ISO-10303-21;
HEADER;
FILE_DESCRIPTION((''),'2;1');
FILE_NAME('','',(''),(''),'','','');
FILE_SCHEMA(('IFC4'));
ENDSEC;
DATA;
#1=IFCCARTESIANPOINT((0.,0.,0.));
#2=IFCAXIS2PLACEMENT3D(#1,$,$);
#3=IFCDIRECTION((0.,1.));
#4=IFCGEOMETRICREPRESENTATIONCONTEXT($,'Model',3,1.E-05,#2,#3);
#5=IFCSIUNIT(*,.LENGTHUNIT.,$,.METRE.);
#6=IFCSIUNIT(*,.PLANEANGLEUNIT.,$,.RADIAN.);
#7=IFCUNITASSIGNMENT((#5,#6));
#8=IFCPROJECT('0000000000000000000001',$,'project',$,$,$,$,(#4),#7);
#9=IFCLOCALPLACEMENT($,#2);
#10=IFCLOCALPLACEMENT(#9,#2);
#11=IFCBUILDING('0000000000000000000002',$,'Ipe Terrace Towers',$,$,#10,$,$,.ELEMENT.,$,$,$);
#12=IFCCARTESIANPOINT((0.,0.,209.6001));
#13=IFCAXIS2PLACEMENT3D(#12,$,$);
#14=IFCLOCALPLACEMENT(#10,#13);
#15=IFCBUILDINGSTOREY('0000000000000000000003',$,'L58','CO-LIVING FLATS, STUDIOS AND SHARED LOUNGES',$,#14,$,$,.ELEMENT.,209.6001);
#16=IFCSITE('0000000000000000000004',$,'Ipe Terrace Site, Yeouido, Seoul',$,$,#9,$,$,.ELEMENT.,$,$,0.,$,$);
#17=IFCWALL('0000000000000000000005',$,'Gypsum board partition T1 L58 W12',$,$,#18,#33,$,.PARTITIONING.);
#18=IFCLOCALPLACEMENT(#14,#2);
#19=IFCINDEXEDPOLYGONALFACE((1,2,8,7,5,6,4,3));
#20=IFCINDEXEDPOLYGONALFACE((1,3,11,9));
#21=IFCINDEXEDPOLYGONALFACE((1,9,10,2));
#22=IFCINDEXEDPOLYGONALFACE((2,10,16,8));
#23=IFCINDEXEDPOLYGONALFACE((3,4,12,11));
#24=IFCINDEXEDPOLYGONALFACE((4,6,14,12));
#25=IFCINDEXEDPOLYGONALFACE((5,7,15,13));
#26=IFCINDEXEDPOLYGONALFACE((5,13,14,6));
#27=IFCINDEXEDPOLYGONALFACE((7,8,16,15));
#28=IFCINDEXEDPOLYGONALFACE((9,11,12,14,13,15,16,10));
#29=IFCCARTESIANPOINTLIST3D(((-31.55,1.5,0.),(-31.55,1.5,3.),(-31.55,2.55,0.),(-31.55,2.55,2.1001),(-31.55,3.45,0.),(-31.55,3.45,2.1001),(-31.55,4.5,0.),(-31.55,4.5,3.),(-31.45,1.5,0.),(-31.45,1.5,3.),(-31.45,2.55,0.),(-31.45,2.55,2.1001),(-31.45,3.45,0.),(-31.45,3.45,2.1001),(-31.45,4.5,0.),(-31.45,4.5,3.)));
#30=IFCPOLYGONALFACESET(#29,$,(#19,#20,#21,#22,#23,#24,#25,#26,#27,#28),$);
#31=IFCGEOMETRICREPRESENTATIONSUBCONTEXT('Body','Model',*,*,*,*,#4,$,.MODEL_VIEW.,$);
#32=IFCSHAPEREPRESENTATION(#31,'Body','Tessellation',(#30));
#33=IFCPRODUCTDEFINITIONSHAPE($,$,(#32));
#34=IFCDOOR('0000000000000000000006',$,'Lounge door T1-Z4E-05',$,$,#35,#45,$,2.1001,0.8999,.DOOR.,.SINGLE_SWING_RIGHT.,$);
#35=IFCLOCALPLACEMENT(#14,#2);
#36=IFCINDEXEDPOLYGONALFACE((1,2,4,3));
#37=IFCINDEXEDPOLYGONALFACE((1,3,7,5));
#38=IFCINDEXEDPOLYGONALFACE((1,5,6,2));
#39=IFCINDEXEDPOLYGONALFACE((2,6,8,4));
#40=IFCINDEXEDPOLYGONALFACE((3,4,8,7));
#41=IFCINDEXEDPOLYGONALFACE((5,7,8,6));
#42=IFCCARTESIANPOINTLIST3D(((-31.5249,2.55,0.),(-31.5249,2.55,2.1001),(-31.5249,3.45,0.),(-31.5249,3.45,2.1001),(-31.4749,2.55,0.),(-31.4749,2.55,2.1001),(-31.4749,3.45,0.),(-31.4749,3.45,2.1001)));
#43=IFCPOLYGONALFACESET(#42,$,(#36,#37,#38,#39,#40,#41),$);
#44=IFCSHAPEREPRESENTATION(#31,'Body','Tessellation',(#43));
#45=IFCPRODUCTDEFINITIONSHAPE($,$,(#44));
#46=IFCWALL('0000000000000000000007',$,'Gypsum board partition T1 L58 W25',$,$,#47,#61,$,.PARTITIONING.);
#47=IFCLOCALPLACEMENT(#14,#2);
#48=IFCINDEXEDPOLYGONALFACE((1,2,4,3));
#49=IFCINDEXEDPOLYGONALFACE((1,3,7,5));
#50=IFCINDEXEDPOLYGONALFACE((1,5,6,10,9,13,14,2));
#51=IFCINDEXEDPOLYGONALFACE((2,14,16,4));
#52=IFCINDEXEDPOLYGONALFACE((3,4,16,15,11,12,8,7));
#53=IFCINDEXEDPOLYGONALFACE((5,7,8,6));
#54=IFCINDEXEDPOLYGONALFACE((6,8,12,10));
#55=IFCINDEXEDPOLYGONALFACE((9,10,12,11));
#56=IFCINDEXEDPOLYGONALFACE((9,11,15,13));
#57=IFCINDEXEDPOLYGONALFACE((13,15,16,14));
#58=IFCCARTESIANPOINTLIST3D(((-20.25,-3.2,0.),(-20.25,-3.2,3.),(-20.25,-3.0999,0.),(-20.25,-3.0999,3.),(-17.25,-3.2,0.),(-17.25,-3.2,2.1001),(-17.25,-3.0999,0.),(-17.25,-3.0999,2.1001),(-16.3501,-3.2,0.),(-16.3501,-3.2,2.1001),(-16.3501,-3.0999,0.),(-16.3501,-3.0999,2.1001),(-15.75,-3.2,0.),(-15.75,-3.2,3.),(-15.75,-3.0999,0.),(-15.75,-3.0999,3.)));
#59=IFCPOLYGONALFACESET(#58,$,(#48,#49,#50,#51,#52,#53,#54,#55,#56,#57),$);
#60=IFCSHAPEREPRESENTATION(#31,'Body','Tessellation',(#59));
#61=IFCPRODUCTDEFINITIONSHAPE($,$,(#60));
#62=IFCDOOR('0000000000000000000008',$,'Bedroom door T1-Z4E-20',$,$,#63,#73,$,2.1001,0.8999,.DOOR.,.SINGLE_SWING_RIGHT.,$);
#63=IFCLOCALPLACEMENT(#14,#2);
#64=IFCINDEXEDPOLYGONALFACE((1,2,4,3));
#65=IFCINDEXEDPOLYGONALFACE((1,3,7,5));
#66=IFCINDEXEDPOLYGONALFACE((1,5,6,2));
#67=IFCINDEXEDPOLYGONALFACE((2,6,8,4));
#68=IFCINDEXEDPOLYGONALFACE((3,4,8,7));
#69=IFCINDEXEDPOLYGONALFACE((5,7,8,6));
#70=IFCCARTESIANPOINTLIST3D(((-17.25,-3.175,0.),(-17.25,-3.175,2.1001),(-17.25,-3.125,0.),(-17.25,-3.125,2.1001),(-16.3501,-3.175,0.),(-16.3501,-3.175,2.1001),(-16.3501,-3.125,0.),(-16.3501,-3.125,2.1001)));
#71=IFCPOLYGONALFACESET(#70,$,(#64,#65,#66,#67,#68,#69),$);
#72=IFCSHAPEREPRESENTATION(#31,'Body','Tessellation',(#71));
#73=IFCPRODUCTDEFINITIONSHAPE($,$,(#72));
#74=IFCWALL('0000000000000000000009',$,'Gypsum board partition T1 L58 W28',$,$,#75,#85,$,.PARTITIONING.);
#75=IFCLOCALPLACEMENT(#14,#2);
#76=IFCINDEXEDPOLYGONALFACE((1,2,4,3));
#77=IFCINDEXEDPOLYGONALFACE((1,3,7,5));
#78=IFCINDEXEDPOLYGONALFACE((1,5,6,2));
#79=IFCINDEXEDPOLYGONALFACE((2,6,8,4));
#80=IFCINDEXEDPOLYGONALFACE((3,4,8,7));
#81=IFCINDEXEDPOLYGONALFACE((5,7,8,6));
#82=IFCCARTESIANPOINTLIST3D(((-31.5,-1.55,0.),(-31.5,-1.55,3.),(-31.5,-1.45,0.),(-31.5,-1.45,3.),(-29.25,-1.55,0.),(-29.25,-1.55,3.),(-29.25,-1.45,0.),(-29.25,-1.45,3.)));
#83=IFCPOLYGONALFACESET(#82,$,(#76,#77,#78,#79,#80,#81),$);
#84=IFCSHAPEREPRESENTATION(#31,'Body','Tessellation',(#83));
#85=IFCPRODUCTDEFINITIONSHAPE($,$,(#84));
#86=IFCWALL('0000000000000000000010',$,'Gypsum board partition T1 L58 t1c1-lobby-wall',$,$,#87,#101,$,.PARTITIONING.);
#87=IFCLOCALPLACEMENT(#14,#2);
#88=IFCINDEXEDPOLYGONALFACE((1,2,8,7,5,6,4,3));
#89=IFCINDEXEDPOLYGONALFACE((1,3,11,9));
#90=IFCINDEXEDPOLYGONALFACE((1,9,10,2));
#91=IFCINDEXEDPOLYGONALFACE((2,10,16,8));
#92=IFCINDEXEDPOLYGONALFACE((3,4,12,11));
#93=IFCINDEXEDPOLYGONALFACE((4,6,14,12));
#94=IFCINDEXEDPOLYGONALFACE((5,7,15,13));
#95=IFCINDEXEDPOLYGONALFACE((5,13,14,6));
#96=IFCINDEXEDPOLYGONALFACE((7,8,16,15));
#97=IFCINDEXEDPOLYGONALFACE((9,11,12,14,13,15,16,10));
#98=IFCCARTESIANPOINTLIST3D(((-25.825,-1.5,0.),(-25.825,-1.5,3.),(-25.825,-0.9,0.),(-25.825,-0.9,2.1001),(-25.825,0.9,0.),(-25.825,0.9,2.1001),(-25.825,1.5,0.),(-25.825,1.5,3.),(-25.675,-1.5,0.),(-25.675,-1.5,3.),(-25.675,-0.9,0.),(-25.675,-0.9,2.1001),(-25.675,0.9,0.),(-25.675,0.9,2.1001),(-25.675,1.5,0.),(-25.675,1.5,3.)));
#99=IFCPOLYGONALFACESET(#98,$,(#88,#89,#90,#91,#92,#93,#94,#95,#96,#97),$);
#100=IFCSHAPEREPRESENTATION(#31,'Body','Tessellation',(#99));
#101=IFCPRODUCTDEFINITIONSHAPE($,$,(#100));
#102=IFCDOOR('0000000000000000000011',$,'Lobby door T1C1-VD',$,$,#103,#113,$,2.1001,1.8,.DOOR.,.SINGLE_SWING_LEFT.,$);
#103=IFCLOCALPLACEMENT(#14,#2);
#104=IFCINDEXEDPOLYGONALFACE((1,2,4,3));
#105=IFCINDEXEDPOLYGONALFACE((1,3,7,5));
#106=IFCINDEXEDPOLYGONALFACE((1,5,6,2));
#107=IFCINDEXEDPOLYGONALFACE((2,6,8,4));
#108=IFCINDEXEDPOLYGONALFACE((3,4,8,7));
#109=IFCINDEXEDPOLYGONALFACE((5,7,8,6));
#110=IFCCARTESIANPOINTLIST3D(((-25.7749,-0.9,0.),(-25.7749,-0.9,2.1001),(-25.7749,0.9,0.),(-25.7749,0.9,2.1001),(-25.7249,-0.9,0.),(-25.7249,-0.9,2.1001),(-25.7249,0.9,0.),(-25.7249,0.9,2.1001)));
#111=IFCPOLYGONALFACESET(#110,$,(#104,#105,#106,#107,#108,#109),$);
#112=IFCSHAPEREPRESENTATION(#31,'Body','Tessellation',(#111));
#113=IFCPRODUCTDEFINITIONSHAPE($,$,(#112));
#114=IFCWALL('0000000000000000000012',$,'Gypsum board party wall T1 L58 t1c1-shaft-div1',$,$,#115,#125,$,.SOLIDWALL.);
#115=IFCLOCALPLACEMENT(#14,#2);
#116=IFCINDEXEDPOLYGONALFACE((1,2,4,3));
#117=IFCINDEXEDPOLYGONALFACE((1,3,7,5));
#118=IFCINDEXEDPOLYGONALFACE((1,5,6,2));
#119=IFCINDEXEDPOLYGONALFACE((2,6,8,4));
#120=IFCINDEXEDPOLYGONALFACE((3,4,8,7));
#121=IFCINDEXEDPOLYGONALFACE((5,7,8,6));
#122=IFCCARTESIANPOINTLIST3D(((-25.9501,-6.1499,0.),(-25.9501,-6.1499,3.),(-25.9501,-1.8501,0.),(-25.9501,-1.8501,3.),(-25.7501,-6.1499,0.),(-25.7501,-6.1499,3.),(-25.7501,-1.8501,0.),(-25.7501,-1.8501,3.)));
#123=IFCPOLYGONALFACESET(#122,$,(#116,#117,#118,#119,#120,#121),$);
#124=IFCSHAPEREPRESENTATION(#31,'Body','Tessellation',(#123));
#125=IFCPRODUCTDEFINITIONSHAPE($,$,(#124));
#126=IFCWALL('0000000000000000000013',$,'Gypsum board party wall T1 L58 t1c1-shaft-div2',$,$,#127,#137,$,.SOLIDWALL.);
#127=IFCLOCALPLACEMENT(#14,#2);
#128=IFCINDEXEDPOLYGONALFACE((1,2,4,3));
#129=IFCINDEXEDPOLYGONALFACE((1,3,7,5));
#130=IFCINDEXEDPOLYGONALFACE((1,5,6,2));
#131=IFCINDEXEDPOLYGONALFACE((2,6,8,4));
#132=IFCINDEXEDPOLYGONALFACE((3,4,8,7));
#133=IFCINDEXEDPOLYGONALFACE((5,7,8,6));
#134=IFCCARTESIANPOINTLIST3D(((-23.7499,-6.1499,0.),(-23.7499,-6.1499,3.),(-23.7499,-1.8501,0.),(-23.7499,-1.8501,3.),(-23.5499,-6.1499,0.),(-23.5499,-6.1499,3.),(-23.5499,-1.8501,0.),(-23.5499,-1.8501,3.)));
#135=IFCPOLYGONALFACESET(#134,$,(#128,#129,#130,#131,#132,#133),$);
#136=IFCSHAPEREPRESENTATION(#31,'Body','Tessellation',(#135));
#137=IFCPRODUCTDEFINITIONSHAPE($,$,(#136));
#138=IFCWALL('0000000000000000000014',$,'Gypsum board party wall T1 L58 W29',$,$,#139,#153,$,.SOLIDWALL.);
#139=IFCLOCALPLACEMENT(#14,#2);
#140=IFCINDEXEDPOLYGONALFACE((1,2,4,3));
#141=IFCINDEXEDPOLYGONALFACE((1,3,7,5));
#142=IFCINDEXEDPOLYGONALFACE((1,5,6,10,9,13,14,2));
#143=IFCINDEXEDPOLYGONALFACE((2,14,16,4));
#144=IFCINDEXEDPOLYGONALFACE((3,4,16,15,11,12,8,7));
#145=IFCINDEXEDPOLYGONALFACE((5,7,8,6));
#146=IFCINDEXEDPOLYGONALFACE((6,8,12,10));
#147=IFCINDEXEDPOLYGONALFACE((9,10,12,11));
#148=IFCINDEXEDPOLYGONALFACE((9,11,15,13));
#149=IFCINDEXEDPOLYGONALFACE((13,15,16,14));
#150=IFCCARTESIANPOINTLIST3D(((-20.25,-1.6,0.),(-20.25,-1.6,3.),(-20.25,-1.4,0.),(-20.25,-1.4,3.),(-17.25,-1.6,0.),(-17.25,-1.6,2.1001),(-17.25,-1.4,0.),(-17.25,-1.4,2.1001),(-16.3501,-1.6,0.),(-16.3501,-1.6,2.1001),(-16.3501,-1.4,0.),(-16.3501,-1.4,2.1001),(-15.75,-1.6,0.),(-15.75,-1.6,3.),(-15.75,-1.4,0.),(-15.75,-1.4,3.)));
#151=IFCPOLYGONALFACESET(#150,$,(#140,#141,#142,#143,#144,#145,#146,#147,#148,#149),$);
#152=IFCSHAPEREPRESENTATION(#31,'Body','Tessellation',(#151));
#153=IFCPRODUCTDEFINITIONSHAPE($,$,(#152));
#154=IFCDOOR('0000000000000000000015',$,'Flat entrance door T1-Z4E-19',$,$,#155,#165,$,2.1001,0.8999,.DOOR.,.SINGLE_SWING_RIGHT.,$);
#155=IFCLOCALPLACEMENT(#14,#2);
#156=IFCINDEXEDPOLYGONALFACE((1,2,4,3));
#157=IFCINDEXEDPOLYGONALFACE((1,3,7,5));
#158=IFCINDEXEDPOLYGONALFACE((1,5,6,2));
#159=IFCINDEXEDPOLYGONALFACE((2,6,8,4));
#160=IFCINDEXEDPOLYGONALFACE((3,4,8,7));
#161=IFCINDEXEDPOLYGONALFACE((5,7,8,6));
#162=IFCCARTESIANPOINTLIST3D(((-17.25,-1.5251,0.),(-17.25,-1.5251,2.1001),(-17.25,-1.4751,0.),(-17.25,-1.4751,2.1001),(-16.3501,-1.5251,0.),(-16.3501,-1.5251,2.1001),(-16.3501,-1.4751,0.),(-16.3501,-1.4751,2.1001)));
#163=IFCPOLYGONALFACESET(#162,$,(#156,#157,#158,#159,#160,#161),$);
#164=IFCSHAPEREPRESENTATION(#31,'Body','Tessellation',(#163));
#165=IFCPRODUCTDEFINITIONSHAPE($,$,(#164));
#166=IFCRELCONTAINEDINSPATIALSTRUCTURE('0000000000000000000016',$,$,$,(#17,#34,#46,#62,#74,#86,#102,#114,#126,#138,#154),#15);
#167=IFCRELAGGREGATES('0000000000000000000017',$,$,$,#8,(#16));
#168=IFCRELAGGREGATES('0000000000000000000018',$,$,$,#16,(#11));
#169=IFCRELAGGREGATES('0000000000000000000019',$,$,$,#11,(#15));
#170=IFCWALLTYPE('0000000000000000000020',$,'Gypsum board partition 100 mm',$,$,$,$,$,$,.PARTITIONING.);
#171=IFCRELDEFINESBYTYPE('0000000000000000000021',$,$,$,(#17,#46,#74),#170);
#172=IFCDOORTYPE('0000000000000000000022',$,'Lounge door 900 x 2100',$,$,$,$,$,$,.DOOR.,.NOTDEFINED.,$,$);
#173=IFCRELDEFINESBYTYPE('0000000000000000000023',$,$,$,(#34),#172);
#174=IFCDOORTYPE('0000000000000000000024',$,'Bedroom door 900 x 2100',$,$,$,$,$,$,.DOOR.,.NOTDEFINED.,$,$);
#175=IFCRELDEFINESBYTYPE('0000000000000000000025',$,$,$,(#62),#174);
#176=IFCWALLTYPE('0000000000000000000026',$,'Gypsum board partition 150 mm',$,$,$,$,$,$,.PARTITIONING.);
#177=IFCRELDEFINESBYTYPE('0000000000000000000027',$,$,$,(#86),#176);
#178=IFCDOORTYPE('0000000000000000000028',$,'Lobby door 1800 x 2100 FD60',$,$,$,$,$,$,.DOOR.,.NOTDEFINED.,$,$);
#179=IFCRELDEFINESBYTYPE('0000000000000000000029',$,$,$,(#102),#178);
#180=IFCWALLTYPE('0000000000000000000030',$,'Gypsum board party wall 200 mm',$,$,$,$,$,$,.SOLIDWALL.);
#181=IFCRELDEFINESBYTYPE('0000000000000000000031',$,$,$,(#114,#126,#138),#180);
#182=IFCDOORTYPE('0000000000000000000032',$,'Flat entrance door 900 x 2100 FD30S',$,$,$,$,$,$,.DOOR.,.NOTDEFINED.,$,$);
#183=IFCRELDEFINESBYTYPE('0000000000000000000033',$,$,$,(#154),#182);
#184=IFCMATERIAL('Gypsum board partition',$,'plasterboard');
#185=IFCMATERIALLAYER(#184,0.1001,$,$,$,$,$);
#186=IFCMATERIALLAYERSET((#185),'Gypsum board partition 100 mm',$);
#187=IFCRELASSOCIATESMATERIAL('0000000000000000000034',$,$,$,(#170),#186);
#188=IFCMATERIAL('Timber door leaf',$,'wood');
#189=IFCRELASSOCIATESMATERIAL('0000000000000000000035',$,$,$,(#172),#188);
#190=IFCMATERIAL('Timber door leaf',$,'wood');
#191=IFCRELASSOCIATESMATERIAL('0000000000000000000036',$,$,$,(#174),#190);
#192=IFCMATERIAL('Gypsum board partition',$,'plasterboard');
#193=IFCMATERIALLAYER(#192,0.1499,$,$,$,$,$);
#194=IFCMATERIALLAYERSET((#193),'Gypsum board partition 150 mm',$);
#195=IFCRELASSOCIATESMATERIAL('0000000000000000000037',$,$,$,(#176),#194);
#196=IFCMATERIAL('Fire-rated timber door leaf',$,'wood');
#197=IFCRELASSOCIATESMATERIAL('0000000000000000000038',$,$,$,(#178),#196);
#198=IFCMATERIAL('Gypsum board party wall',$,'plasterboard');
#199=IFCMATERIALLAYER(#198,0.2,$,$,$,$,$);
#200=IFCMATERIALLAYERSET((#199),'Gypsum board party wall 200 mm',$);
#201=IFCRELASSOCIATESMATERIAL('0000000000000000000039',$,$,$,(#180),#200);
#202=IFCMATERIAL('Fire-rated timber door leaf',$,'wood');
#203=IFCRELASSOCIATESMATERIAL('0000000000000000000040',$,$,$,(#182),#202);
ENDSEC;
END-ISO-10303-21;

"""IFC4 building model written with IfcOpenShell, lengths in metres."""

from ifc_helpers import new_model, si_unit, direction, frame, frame_2d, origin, place, context, subcontext, project, spatial, rectangle, extrude, material, layer, layer_set, type_object, element, fill, save


model = new_model("IFC4")

# Units and contexts
model_context = context("Model", 3, precision=1e-05, world=origin(), true_north=direction((0.0, 1.0)))
body_context = subcontext(model_context, "Body", "Model", "MODEL_VIEW")
ifc_project = project(units=[si_unit("LENGTHUNIT", "METRE"), si_unit("PLANEANGLEUNIT", "RADIAN")], contexts=[model_context])

# Site, building, storey
site_placement = place(None, origin())
site = spatial("IfcSite", under=ifc_project, at=site_placement, Name="Ipe Terrace Site, Yeouido, Seoul", CompositionType="ELEMENT", RefElevation=0.0)
building_placement = place(site_placement, origin())
building = spatial("IfcBuilding", under=site, at=building_placement, Name="Ipe Terrace Towers", CompositionType="ELEMENT")
storey_placement = place(building_placement, frame((0.0, 0.0, 209.6001)))
storey = spatial("IfcBuildingStorey", under=building, at=storey_placement, Name="L58", Description="CO-LIVING FLATS, STUDIOS AND SHARED LOUNGES", CompositionType="ELEMENT", Elevation=209.6001)

# Walls, openings, doors
ifc_material_1 = material(Name="Gypsum board partition", Category="plasterboard")
ifc_layer_1 = layer(ifc_material_1, 0.1001)
ifc_layer_set_1 = layer_set([ifc_layer_1], Name="Gypsum board partition 100 mm")
wall_type_1 = type_object("IfcWallType", Name="Gypsum board partition 100 mm", PredefinedType="PARTITIONING", material=ifc_layer_set_1)
wall_1_placement = place(storey_placement, frame((-31.5, 1.5, 0.0), z_axis=(0.0, 0.0, 1.0), x_axis=(0.0, 1.0, 0.0)))
wall_1 = element("IfcWall", 1, at=wall_1_placement, inside=storey, type_object=wall_type_1, Name="Gypsum board partition T1 L58 W12", PredefinedType="PARTITIONING", context=body_context, shape_type="SweptSolid", body=[
    extrude(rectangle(XDim=3.0, YDim=0.1001, at=frame_2d((1.5, 0.0))), origin(), (0.0, 0.0, 1.0), 3.0),
])
opening_1_placement = place(wall_1_placement, frame((1.05, 0.0, 0.0)))
opening_1 = element("IfcOpeningElement", 2, at=opening_1_placement, cuts=wall_1, PredefinedType="OPENING", context=body_context, shape_type="SweptSolid", body=[
    extrude(rectangle(XDim=0.8999, YDim=2.1001, at=frame_2d((0.45, 1.05))), frame((0.0, 0.0601, 0.0), z_axis=(0.0, -1.0, 0.0), x_axis=(1.0, 0.0, 0.0)), (0.0, 0.0, 1.0), 0.1201),
])
ifc_material_2 = material(Name="Timber door leaf", Category="wood")
door_type_1 = type_object("IfcDoorType", Name="Lounge door 900 x 2100", OperationType="NOTDEFINED", PredefinedType="DOOR", material=ifc_material_2)
door_1_placement = place(opening_1_placement, origin())
door_1 = element("IfcDoor", 3, at=door_1_placement, inside=storey, type_object=door_type_1, Name="Lounge door T1-Z4E-05", OperationType="SINGLE_SWING_RIGHT", OverallHeight=2.1001, OverallWidth=0.8999, PredefinedType="DOOR", context=body_context, shape_type="SweptSolid", body=[
    extrude(rectangle(XDim=0.8999, YDim=2.1001, at=frame_2d((0.45, 1.05))), frame((0.0, 0.0249, 0.0), z_axis=(0.0, -1.0, 0.0), x_axis=(1.0, 0.0, 0.0)), (0.0, 0.0, 1.0), 0.05),
])
fill(opening_1, door_1)
wall_2_placement = place(storey_placement, frame((-20.25, -3.1499, 0.0), z_axis=(0.0, 0.0, 1.0), x_axis=(1.0, 0.0, 0.0)))
wall_2 = element("IfcWall", 4, at=wall_2_placement, inside=storey, type_object=wall_type_1, Name="Gypsum board partition T1 L58 W25", PredefinedType="PARTITIONING", context=body_context, shape_type="SweptSolid", body=[
    extrude(rectangle(XDim=4.5, YDim=0.1001, at=frame_2d((2.25, 0.0))), origin(), (0.0, 0.0, 1.0), 3.0),
])
opening_2_placement = place(wall_2_placement, frame((3.0, 0.0, 0.0)))
opening_2 = element("IfcOpeningElement", 5, at=opening_2_placement, cuts=wall_2, PredefinedType="OPENING", context=body_context, shape_type="SweptSolid", body=[
    extrude(rectangle(XDim=0.8999, YDim=2.1001, at=frame_2d((0.45, 1.05))), frame((0.0, 0.0601, 0.0), z_axis=(0.0, -1.0, 0.0), x_axis=(1.0, 0.0, 0.0)), (0.0, 0.0, 1.0), 0.1201),
])
ifc_material_3 = material(Name="Timber door leaf", Category="wood")
door_type_2 = type_object("IfcDoorType", Name="Bedroom door 900 x 2100", OperationType="NOTDEFINED", PredefinedType="DOOR", material=ifc_material_3)
door_2_placement = place(opening_2_placement, origin())
door_2 = element("IfcDoor", 6, at=door_2_placement, inside=storey, type_object=door_type_2, Name="Bedroom door T1-Z4E-20", OperationType="SINGLE_SWING_RIGHT", OverallHeight=2.1001, OverallWidth=0.8999, PredefinedType="DOOR", context=body_context, shape_type="SweptSolid", body=[
    extrude(rectangle(XDim=0.8999, YDim=2.1001, at=frame_2d((0.45, 1.05))), frame((0.0, 0.0249, 0.0), z_axis=(0.0, -1.0, 0.0), x_axis=(1.0, 0.0, 0.0)), (0.0, 0.0, 1.0), 0.05),
])
fill(opening_2, door_2)

# Wall
wall_3_placement = place(storey_placement, frame((-31.5, -1.5, 0.0), z_axis=(0.0, 0.0, 1.0), x_axis=(1.0, 0.0, 0.0)))
element("IfcWall", 7, at=wall_3_placement, inside=storey, type_object=wall_type_1, Name="Gypsum board partition T1 L58 W28", PredefinedType="PARTITIONING", context=body_context, shape_type="SweptSolid", body=[
    extrude(rectangle(XDim=2.25, YDim=0.1001, at=frame_2d((1.125, 0.0))), origin(), (0.0, 0.0, 1.0), 3.0),
])

# Wall, opening, door
ifc_material_4 = material(Name="Gypsum board partition", Category="plasterboard")
ifc_layer_2 = layer(ifc_material_4, 0.1499)
ifc_layer_set_2 = layer_set([ifc_layer_2], Name="Gypsum board partition 150 mm")
wall_type_2 = type_object("IfcWallType", Name="Gypsum board partition 150 mm", PredefinedType="PARTITIONING", material=ifc_layer_set_2)
wall_4_placement = place(storey_placement, frame((-25.75, -1.5, 0.0), z_axis=(0.0, 0.0, 1.0), x_axis=(0.0, 1.0, 0.0)))
wall_4 = element("IfcWall", 8, at=wall_4_placement, inside=storey, type_object=wall_type_2, Name="Gypsum board partition T1 L58 t1c1-lobby-wall", PredefinedType="PARTITIONING", context=body_context, shape_type="SweptSolid", body=[
    extrude(rectangle(XDim=3.0, YDim=0.1499, at=frame_2d((1.5, 0.0))), origin(), (0.0, 0.0, 1.0), 3.0),
])
opening_3_placement = place(wall_4_placement, frame((0.6001, 0.0, 0.0)))
opening_3 = element("IfcOpeningElement", 9, at=opening_3_placement, cuts=wall_4, PredefinedType="OPENING", context=body_context, shape_type="SweptSolid", body=[
    extrude(rectangle(XDim=1.8, YDim=2.1001, at=frame_2d((0.8999, 1.05))), frame((0.0, 0.085, 0.0), z_axis=(0.0, -1.0, 0.0), x_axis=(1.0, 0.0, 0.0)), (0.0, 0.0, 1.0), 0.1699),
])
ifc_material_5 = material(Name="Fire-rated timber door leaf", Category="wood")
door_type_3 = type_object("IfcDoorType", Name="Lobby door 1800 x 2100 FD60", OperationType="NOTDEFINED", PredefinedType="DOOR", material=ifc_material_5)
door_3_placement = place(opening_3_placement, origin())
door_3 = element("IfcDoor", 10, at=door_3_placement, inside=storey, type_object=door_type_3, Name="Lobby door T1C1-VD", OperationType="SINGLE_SWING_LEFT", OverallHeight=2.1001, OverallWidth=1.8, PredefinedType="DOOR", context=body_context, shape_type="SweptSolid", body=[
    extrude(rectangle(XDim=1.8, YDim=2.1001, at=frame_2d((0.8999, 1.05))), frame((0.0, 0.0249, 0.0), z_axis=(0.0, -1.0, 0.0), x_axis=(1.0, 0.0, 0.0)), (0.0, 0.0, 1.0), 0.05),
])
fill(opening_3, door_3)

# Walls
ifc_material_6 = material(Name="Gypsum board party wall", Category="plasterboard")
ifc_layer_3 = layer(ifc_material_6, 0.2)
ifc_layer_set_3 = layer_set([ifc_layer_3], Name="Gypsum board party wall 200 mm")
wall_type_3 = type_object("IfcWallType", Name="Gypsum board party wall 200 mm", PredefinedType="SOLIDWALL", material=ifc_layer_set_3)
for number, where, z_axis, x_axis, name in (
    (11, (-25.8501, -6.1499, 0.0), (0.0, 0.0, 1.0), (0.0, 1.0, 0.0), "Gypsum board party wall T1 L58 t1c1-shaft-div1"),
    (12, (-23.6499, -6.1499, 0.0), (0.0, 0.0, 1.0), (0.0, 1.0, 0.0), "Gypsum board party wall T1 L58 t1c1-shaft-div2"),
):
    element("IfcWall", number, at=place(storey_placement, frame(where, z_axis=z_axis, x_axis=x_axis)), inside=storey, type_object=wall_type_3, Name=name, PredefinedType="SOLIDWALL", context=body_context, shape_type="SweptSolid", body=[
        extrude(rectangle(XDim=4.2998, YDim=0.2, at=frame_2d((2.1499, 0.0))), origin(), (0.0, 0.0, 1.0), 3.0),
    ])

# Wall, opening, door
wall_5_placement = place(storey_placement, frame((-20.25, -1.5, 0.0), z_axis=(0.0, 0.0, 1.0), x_axis=(1.0, 0.0, 0.0)))
wall_5 = element("IfcWall", 13, at=wall_5_placement, inside=storey, type_object=wall_type_3, Name="Gypsum board party wall T1 L58 W29", PredefinedType="SOLIDWALL", context=body_context, shape_type="SweptSolid", body=[
    extrude(rectangle(XDim=4.5, YDim=0.2, at=frame_2d((2.25, 0.0))), origin(), (0.0, 0.0, 1.0), 3.0),
])
opening_4_placement = place(wall_5_placement, frame((3.0, 0.0, 0.0)))
opening_4 = element("IfcOpeningElement", 14, at=opening_4_placement, cuts=wall_5, PredefinedType="OPENING", context=body_context, shape_type="SweptSolid", body=[
    extrude(rectangle(XDim=0.8999, YDim=2.1001, at=frame_2d((0.45, 1.05))), frame((0.0, 0.1099, 0.0), z_axis=(0.0, -1.0, 0.0), x_axis=(1.0, 0.0, 0.0)), (0.0, 0.0, 1.0), 0.22),
])
ifc_material_7 = material(Name="Fire-rated timber door leaf", Category="wood")
door_type_4 = type_object("IfcDoorType", Name="Flat entrance door 900 x 2100 FD30S", OperationType="NOTDEFINED", PredefinedType="DOOR", material=ifc_material_7)
door_4_placement = place(opening_4_placement, origin())
door_4 = element("IfcDoor", 15, at=door_4_placement, inside=storey, type_object=door_type_4, Name="Flat entrance door T1-Z4E-19", OperationType="SINGLE_SWING_RIGHT", OverallHeight=2.1001, OverallWidth=0.8999, PredefinedType="DOOR", context=body_context, shape_type="SweptSolid", body=[
    extrude(rectangle(XDim=0.8999, YDim=2.1001, at=frame_2d((0.45, 1.05))), frame((0.0, 0.0249, 0.0), z_axis=(0.0, -1.0, 0.0), x_axis=(1.0, 0.0, 0.0)), (0.0, 0.0, 1.0), 0.05),
])
fill(opening_4, door_4)

save(model, "model.ifc")
